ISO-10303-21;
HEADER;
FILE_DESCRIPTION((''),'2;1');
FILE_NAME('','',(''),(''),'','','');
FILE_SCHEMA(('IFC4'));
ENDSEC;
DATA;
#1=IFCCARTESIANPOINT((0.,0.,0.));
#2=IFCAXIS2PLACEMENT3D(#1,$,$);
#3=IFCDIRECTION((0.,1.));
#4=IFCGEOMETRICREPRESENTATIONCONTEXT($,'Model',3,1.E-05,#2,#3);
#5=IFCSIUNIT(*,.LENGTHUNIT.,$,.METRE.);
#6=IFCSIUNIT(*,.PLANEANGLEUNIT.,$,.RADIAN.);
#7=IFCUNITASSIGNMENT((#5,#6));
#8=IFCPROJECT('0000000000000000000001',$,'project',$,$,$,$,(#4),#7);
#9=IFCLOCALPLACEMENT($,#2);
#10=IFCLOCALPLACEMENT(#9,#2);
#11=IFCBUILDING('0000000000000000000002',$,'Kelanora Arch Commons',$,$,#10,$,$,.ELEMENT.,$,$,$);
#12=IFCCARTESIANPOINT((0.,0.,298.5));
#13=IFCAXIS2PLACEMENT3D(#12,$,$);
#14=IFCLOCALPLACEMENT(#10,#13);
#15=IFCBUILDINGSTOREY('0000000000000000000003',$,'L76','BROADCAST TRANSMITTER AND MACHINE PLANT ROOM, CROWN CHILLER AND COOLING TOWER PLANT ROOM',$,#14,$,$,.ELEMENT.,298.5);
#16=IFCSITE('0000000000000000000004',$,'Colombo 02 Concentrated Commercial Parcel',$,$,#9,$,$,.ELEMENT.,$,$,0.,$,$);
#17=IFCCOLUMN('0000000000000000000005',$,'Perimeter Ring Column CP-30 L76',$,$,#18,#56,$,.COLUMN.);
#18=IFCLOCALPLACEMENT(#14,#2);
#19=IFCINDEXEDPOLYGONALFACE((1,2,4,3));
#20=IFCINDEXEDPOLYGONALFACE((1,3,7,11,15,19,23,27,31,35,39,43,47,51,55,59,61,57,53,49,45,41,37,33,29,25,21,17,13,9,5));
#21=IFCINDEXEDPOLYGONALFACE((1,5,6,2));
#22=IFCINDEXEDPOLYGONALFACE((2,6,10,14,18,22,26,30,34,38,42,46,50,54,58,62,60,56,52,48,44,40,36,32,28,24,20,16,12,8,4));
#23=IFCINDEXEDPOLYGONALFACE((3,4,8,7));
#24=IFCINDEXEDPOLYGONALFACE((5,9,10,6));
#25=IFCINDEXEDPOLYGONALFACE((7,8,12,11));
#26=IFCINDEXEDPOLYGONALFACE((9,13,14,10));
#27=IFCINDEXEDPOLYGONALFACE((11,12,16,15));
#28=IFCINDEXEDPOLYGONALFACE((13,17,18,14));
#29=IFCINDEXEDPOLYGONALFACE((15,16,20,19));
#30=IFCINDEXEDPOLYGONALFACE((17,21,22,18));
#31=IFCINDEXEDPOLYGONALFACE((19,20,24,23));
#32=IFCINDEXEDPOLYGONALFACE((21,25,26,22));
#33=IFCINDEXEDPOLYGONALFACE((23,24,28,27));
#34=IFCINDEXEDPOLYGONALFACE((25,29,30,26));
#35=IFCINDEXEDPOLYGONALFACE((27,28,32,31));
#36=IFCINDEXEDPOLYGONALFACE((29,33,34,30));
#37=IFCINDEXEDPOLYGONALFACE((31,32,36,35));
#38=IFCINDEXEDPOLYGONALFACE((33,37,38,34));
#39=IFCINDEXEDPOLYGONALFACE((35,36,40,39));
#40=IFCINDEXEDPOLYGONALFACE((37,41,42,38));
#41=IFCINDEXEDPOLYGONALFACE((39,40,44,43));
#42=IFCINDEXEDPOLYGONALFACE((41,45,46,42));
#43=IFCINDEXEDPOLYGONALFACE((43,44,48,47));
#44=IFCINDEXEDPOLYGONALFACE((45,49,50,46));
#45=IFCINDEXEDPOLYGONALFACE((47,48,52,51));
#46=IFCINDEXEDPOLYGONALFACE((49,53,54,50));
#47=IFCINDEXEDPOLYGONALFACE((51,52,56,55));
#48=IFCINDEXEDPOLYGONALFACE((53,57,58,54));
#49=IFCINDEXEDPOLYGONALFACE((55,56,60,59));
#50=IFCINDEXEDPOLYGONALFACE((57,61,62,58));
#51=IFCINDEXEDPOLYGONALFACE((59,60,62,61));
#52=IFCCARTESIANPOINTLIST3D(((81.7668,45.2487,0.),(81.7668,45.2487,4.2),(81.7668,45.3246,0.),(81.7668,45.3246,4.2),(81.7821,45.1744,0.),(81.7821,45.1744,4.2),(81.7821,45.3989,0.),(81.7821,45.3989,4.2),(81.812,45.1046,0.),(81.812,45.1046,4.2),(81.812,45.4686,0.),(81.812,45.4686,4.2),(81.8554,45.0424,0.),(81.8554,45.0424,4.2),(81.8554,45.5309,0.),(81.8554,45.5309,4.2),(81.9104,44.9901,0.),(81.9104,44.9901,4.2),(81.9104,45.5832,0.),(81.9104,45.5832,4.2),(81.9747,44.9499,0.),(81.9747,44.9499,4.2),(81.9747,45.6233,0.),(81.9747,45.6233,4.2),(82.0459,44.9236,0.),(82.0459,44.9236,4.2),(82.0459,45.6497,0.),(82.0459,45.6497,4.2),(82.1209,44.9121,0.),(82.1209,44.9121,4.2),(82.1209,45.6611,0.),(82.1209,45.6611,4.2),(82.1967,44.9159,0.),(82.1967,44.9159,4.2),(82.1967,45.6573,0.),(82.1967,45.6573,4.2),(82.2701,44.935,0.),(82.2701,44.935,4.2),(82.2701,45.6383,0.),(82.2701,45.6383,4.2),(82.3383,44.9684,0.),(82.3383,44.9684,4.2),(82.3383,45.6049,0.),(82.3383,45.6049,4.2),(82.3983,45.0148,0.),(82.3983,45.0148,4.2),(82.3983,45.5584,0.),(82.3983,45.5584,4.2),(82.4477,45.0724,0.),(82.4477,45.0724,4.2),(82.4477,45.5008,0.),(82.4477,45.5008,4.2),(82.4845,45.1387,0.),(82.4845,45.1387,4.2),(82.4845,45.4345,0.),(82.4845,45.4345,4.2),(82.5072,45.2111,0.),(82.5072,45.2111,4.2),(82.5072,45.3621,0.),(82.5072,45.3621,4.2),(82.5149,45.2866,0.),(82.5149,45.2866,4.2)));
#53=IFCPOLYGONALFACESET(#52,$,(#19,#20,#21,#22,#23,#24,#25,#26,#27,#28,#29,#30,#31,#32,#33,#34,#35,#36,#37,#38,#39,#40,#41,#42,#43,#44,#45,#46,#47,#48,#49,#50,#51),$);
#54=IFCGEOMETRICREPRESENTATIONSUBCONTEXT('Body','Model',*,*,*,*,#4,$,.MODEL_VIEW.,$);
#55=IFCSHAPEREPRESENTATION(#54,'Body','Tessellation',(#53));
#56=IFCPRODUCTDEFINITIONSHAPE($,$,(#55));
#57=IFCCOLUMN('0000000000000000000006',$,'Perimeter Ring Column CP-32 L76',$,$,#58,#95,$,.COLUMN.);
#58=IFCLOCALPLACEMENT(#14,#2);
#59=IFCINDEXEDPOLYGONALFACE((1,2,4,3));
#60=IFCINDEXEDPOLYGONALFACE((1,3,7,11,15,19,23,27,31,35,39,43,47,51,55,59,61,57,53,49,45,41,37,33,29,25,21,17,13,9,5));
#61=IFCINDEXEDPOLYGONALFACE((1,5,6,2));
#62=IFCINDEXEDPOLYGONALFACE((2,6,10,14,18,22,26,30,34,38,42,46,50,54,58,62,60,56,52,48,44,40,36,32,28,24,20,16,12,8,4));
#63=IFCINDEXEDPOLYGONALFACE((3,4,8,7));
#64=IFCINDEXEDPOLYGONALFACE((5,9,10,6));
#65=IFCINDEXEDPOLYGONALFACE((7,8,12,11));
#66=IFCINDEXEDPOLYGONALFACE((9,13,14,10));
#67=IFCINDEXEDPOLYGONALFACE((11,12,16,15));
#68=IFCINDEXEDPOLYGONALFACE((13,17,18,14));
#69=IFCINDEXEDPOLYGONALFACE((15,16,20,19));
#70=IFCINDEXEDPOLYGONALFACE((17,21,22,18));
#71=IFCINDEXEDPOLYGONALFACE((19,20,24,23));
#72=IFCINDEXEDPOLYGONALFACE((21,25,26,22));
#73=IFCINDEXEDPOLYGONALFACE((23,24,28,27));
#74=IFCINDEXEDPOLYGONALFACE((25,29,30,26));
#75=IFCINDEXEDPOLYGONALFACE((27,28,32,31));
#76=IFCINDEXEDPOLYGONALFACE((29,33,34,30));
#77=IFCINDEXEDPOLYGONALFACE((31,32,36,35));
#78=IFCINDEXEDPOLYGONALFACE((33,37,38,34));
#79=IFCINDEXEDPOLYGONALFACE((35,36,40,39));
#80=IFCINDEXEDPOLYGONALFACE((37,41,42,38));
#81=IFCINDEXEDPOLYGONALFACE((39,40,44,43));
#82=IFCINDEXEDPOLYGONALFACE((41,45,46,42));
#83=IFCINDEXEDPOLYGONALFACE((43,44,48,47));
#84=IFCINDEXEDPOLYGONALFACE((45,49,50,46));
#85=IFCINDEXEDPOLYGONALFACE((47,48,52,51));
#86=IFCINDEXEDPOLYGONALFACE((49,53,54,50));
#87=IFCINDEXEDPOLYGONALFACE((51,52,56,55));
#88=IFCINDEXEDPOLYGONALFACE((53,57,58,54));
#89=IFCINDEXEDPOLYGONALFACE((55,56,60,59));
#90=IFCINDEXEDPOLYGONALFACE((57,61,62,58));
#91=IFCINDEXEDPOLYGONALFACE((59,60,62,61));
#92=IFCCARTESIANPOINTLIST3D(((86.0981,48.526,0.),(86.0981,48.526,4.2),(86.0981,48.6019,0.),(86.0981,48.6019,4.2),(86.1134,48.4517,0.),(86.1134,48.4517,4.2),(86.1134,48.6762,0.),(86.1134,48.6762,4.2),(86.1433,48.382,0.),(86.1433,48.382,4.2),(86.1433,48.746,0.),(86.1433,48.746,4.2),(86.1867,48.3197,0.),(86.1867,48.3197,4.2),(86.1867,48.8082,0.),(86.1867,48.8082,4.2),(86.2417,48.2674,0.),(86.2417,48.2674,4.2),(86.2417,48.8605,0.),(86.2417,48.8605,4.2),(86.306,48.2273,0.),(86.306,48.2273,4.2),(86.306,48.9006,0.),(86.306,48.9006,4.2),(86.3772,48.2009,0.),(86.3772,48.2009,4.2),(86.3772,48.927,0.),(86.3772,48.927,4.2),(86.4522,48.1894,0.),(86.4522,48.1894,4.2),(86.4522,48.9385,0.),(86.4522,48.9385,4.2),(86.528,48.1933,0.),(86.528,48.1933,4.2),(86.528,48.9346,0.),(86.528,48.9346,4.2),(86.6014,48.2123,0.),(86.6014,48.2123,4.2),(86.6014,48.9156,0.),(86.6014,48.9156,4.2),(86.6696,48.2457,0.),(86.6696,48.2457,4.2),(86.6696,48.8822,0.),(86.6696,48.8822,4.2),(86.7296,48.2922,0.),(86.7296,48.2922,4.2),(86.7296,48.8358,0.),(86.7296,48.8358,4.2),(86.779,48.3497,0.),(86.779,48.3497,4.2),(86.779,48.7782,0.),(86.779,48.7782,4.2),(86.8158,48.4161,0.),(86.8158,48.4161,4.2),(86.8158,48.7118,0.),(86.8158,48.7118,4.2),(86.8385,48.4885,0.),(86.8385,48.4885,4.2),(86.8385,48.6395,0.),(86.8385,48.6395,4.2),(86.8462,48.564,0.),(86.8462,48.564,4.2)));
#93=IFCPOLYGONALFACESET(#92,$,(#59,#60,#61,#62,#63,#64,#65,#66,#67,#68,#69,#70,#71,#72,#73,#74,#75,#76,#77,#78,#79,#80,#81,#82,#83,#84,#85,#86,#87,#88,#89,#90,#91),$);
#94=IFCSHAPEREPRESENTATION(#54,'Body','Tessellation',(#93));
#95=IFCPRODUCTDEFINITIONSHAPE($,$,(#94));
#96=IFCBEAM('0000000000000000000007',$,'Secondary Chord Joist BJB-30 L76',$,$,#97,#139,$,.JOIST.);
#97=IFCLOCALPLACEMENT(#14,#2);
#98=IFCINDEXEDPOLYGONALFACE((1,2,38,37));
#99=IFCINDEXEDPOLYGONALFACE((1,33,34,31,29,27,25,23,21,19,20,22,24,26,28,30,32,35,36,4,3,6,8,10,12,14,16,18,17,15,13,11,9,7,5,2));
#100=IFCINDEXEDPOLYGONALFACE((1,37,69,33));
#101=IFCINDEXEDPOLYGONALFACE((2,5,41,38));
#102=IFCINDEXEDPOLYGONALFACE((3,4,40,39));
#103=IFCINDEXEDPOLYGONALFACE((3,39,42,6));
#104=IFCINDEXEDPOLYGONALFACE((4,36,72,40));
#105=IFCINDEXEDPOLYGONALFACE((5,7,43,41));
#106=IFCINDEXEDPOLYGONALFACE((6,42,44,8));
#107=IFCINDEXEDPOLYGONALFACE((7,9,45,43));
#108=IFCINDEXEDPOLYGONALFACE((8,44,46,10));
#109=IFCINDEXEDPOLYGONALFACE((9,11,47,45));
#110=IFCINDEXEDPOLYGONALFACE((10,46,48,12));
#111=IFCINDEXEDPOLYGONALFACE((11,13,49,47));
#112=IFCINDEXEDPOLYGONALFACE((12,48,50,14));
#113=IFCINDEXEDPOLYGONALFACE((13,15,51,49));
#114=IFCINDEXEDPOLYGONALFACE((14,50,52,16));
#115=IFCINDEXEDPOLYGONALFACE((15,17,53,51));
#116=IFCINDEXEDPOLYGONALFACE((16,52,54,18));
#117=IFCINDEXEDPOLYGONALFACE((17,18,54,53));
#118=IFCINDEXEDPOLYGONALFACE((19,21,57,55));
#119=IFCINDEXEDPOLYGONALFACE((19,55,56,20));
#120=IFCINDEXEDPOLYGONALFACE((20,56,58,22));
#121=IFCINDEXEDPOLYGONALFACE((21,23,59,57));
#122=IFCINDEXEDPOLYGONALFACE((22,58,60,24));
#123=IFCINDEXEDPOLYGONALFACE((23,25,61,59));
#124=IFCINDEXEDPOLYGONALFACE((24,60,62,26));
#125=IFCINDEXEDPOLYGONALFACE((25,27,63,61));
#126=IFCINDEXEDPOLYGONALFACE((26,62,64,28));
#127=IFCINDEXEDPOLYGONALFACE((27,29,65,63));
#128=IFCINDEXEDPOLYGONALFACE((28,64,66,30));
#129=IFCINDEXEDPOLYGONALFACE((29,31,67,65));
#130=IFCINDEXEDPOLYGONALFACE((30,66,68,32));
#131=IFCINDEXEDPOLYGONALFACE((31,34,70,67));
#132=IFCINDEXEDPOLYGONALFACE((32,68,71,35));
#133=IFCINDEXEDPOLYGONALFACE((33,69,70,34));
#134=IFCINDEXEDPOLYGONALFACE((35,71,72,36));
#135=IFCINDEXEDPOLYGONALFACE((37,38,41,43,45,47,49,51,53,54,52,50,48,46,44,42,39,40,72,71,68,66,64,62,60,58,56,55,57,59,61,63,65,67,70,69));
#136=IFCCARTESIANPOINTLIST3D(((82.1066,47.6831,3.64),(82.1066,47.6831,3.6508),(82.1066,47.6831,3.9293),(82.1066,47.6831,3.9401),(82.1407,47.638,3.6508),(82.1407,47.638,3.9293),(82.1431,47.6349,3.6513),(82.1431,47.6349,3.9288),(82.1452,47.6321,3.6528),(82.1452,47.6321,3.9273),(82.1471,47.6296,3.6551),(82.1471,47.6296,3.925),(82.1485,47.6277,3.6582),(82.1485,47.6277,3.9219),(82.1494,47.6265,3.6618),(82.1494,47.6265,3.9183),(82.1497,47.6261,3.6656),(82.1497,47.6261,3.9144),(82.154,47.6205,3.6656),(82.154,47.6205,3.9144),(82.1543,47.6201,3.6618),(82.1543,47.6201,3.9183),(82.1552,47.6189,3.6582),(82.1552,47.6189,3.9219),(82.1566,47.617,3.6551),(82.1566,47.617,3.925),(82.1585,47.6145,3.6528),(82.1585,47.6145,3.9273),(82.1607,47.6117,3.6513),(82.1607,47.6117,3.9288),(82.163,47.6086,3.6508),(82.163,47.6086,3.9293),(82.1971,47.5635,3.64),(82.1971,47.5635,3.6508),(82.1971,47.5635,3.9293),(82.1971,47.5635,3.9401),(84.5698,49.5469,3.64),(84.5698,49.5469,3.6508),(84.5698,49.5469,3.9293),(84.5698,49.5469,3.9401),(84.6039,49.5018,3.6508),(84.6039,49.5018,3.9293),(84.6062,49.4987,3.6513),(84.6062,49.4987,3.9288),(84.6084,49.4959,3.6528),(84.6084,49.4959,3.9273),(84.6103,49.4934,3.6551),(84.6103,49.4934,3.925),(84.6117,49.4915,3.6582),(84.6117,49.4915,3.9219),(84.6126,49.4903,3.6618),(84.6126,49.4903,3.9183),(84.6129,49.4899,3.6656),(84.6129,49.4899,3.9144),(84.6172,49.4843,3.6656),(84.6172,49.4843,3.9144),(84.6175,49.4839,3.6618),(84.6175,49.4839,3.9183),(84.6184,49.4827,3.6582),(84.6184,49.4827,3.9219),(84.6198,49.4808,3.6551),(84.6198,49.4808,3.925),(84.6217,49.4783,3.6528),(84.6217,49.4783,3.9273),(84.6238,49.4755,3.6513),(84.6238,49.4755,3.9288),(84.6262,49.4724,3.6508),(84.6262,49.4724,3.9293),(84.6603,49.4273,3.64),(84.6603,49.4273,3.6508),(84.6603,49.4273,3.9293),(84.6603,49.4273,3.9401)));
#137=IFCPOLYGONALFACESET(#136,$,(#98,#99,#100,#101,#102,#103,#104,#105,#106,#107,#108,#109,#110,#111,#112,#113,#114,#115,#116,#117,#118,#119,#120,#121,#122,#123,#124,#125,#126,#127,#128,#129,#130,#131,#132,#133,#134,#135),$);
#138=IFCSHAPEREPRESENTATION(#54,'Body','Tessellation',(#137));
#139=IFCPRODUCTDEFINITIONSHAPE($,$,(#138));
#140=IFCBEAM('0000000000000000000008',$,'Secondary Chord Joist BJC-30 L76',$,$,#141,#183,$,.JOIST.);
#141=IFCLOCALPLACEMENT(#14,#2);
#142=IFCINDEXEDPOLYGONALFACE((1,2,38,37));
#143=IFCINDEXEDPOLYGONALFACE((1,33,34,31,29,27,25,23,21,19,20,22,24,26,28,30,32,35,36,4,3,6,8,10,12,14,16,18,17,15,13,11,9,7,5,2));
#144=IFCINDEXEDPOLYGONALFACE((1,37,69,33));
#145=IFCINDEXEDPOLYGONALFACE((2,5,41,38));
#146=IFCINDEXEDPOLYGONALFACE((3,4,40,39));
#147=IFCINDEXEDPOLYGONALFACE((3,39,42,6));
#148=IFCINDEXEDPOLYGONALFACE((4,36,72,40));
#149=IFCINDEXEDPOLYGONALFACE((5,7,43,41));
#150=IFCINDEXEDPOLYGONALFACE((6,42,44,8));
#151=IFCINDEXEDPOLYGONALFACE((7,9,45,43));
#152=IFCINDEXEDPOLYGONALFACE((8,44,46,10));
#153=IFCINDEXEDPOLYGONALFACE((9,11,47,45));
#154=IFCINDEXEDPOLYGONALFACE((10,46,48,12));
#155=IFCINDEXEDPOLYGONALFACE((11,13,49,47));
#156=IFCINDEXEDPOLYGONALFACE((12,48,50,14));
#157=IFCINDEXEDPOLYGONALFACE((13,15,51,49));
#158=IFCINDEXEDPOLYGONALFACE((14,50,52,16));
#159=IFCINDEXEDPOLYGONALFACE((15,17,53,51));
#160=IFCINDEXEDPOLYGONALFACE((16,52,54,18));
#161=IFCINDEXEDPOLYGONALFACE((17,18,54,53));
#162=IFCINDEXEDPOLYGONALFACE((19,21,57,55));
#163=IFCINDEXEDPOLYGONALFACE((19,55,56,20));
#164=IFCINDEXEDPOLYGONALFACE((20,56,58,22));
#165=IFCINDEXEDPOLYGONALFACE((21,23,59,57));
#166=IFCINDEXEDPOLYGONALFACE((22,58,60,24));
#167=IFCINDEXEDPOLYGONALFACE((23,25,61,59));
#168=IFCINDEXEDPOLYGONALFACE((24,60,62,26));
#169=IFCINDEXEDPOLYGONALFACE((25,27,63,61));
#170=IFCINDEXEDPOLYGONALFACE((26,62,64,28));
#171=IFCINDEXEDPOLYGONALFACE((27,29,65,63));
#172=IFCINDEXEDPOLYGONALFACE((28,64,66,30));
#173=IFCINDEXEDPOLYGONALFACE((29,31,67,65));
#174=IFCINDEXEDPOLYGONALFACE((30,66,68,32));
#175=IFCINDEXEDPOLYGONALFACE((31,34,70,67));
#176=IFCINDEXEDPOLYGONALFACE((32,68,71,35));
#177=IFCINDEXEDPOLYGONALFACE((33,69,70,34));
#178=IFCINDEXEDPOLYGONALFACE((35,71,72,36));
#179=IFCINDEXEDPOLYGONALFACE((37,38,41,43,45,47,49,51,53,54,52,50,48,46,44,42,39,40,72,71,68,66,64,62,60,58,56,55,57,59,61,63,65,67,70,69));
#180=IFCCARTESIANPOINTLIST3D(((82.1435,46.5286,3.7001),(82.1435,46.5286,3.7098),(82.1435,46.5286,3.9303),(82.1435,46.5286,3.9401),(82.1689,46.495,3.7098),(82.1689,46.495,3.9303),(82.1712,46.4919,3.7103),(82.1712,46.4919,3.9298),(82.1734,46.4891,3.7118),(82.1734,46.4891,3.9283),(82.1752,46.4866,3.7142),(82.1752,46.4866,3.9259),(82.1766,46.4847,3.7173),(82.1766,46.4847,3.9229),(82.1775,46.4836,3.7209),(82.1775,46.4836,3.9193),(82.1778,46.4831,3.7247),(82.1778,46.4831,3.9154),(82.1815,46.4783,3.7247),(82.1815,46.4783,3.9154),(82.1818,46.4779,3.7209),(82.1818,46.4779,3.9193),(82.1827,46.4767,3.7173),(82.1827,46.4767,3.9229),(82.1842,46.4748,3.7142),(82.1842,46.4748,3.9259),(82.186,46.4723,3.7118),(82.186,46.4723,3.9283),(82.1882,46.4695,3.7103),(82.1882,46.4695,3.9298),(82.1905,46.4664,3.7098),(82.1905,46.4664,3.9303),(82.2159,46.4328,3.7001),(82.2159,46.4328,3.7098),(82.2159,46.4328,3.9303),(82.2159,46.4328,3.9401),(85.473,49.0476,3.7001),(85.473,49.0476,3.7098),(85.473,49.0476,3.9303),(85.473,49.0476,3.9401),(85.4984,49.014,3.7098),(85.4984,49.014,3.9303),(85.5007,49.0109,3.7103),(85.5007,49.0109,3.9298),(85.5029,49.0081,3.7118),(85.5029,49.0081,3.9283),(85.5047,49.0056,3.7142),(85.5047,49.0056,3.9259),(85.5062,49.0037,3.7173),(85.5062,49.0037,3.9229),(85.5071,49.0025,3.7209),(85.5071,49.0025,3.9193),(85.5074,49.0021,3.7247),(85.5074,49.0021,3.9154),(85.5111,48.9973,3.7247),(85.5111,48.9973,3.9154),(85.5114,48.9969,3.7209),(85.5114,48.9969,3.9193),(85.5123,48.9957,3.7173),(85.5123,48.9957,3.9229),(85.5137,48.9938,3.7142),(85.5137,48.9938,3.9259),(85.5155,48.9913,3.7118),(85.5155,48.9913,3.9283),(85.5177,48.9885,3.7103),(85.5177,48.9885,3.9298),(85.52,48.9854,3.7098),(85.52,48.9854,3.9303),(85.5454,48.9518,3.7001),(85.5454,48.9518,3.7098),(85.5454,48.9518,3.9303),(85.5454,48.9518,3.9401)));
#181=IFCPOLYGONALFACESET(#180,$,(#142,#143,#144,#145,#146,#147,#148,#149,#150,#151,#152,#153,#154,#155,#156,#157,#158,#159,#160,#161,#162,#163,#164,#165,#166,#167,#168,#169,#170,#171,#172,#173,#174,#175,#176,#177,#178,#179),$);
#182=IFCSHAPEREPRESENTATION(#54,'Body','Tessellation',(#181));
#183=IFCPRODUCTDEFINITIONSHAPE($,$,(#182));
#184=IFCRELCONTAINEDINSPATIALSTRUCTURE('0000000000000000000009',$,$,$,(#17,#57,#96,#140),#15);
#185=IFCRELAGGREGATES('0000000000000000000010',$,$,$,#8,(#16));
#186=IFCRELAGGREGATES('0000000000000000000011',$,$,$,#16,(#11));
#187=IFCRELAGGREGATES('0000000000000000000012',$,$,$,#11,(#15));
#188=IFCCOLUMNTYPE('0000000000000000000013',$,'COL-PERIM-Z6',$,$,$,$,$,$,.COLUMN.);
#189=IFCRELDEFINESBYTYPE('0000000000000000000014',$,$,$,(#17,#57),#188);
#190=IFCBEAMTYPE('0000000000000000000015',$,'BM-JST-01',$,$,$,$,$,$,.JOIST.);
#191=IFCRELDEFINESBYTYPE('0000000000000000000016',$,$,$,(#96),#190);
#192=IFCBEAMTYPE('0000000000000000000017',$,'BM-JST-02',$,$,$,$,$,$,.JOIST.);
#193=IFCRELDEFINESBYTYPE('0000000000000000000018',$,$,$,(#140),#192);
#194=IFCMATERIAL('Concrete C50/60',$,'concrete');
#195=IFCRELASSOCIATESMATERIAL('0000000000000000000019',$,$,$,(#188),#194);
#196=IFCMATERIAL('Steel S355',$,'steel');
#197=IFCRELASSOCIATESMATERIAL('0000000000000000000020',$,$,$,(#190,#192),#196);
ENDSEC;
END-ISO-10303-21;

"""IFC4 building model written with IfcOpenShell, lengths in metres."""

from ifc_helpers import new_model, si_unit, direction, frame, origin, origin_2d, place, context, subcontext, project, spatial, circle, i_section, extrude, material, material_profile, profile_set, type_object, element, save


model = new_model("IFC4")

# Units and contexts
model_context = context("Model", 3, precision=1e-05, world=origin(), true_north=direction((0.0, 1.0)))
body_context = subcontext(model_context, "Body", "Model", "MODEL_VIEW")
ifc_project = project(units=[si_unit("LENGTHUNIT", "METRE"), si_unit("PLANEANGLEUNIT", "RADIAN")], contexts=[model_context])

# Site, building, storey
site_placement = place(None, origin())
site = spatial("IfcSite", under=ifc_project, at=site_placement, Name="Colombo 02 Concentrated Commercial Parcel", CompositionType="ELEMENT", RefElevation=0.0)
building_placement = place(site_placement, origin())
building = spatial("IfcBuilding", under=site, at=building_placement, Name="Kelanora Arch Commons", CompositionType="ELEMENT")
storey_placement = place(building_placement, frame((0.0, 0.0, 298.5)))
storey = spatial("IfcBuildingStorey", under=building, at=storey_placement, Name="L76", Description="BROADCAST TRANSMITTER AND MACHINE PLANT ROOM, CROWN CHILLER AND COOLING TOWER PLANT ROOM", CompositionType="ELEMENT", Elevation=298.5)

# Columns
ifc_material_1 = material(Name="Concrete C50/60", Category="concrete")
ifc_material_profile_1 = material_profile(ifc_material_1, circle(Radius=0.375, at=origin_2d()), Name="RCC750")
ifc_profile_set_1 = profile_set([ifc_material_profile_1], Name="Concrete C50/60")
column_type = type_object("IfcColumnType", Name="COL-PERIM-Z6", PredefinedType="COLUMN", material=ifc_profile_set_1)
for number, where, z_axis, x_axis, name in (
    (1, (82.1399, 45.2866, 0.0), (0.0, 0.0, 1.0), (1.0, 0.0, 0.0), "Perimeter Ring Column CP-30 L76"),
    (2, (86.4712, 48.564, 0.0), (0.0, 0.0, 1.0), (1.0, 0.0, 0.0), "Perimeter Ring Column CP-32 L76"),
):
    element("IfcColumn", number, at=place(storey_placement, frame(where, z_axis=z_axis, x_axis=x_axis)), inside=storey, type_object=column_type, Name=name, PredefinedType="COLUMN", context=body_context, shape_type="SweptSolid", body=[
        extrude(circle(Radius=0.375, at=origin_2d()), origin(), (0.0, 0.0, 1.0), 4.2),
    ])

# Beams
ifc_material_2 = material(Name="Steel S355", Category="steel")
ifc_material_profile_2 = material_profile(ifc_material_2, i_section(OverallWidth=0.1499, OverallDepth=0.3, WebThickness=0.0071, FlangeThickness=0.0107, FilletRadius=0.0149, at=origin_2d()), Name="IPE300")
ifc_profile_set_2 = profile_set([ifc_material_profile_2], Name="Steel S355")
beam_type_1 = type_object("IfcBeamType", Name="BM-JST-01", PredefinedType="JOIST", material=ifc_profile_set_2)
beam_1_placement = place(storey_placement, frame((82.1519, 47.6233, 3.79), z_axis=(0.797441, 0.603396, 0.0), x_axis=(-0.603396, 0.797441, 0.0)))
element("IfcBeam", 3, at=beam_1_placement, inside=storey, type_object=beam_type_1, Name="Secondary Chord Joist BJB-30 L76", PredefinedType="JOIST", context=body_context, shape_type="SweptSolid", body=[
    extrude(i_section(OverallWidth=0.1499, OverallDepth=0.3, WebThickness=0.0071, FlangeThickness=0.0107, FilletRadius=0.0149, at=origin_2d()), origin(), (0.0, 0.0, 1.0), 3.0889),
])
ifc_material_profile_3 = material_profile(ifc_material_2, i_section(OverallWidth=0.1201, OverallDepth=0.24, WebThickness=0.0061, FlangeThickness=0.0098, FilletRadius=0.0149, at=origin_2d()), Name="IPE240")
ifc_profile_set_3 = profile_set([ifc_material_profile_3], Name="Steel S355")
beam_type_2 = type_object("IfcBeamType", Name="BM-JST-02", PredefinedType="JOIST", material=ifc_profile_set_3)
beam_2_placement = place(storey_placement, frame((82.1797, 46.4807, 3.8201), z_axis=(0.797481, 0.603344, 0.0), x_axis=(-0.603344, 0.797481, 0.0)))
element("IfcBeam", 4, at=beam_2_placement, inside=storey, type_object=beam_type_2, Name="Secondary Chord Joist BJC-30 L76", PredefinedType="JOIST", context=body_context, shape_type="SweptSolid", body=[
    extrude(i_section(OverallWidth=0.1201, OverallDepth=0.24, WebThickness=0.0061, FlangeThickness=0.0098, FilletRadius=0.0149, at=origin_2d()), origin(), (0.0, 0.0, 1.0), 4.175),
])

save(model, "model.ifc")
